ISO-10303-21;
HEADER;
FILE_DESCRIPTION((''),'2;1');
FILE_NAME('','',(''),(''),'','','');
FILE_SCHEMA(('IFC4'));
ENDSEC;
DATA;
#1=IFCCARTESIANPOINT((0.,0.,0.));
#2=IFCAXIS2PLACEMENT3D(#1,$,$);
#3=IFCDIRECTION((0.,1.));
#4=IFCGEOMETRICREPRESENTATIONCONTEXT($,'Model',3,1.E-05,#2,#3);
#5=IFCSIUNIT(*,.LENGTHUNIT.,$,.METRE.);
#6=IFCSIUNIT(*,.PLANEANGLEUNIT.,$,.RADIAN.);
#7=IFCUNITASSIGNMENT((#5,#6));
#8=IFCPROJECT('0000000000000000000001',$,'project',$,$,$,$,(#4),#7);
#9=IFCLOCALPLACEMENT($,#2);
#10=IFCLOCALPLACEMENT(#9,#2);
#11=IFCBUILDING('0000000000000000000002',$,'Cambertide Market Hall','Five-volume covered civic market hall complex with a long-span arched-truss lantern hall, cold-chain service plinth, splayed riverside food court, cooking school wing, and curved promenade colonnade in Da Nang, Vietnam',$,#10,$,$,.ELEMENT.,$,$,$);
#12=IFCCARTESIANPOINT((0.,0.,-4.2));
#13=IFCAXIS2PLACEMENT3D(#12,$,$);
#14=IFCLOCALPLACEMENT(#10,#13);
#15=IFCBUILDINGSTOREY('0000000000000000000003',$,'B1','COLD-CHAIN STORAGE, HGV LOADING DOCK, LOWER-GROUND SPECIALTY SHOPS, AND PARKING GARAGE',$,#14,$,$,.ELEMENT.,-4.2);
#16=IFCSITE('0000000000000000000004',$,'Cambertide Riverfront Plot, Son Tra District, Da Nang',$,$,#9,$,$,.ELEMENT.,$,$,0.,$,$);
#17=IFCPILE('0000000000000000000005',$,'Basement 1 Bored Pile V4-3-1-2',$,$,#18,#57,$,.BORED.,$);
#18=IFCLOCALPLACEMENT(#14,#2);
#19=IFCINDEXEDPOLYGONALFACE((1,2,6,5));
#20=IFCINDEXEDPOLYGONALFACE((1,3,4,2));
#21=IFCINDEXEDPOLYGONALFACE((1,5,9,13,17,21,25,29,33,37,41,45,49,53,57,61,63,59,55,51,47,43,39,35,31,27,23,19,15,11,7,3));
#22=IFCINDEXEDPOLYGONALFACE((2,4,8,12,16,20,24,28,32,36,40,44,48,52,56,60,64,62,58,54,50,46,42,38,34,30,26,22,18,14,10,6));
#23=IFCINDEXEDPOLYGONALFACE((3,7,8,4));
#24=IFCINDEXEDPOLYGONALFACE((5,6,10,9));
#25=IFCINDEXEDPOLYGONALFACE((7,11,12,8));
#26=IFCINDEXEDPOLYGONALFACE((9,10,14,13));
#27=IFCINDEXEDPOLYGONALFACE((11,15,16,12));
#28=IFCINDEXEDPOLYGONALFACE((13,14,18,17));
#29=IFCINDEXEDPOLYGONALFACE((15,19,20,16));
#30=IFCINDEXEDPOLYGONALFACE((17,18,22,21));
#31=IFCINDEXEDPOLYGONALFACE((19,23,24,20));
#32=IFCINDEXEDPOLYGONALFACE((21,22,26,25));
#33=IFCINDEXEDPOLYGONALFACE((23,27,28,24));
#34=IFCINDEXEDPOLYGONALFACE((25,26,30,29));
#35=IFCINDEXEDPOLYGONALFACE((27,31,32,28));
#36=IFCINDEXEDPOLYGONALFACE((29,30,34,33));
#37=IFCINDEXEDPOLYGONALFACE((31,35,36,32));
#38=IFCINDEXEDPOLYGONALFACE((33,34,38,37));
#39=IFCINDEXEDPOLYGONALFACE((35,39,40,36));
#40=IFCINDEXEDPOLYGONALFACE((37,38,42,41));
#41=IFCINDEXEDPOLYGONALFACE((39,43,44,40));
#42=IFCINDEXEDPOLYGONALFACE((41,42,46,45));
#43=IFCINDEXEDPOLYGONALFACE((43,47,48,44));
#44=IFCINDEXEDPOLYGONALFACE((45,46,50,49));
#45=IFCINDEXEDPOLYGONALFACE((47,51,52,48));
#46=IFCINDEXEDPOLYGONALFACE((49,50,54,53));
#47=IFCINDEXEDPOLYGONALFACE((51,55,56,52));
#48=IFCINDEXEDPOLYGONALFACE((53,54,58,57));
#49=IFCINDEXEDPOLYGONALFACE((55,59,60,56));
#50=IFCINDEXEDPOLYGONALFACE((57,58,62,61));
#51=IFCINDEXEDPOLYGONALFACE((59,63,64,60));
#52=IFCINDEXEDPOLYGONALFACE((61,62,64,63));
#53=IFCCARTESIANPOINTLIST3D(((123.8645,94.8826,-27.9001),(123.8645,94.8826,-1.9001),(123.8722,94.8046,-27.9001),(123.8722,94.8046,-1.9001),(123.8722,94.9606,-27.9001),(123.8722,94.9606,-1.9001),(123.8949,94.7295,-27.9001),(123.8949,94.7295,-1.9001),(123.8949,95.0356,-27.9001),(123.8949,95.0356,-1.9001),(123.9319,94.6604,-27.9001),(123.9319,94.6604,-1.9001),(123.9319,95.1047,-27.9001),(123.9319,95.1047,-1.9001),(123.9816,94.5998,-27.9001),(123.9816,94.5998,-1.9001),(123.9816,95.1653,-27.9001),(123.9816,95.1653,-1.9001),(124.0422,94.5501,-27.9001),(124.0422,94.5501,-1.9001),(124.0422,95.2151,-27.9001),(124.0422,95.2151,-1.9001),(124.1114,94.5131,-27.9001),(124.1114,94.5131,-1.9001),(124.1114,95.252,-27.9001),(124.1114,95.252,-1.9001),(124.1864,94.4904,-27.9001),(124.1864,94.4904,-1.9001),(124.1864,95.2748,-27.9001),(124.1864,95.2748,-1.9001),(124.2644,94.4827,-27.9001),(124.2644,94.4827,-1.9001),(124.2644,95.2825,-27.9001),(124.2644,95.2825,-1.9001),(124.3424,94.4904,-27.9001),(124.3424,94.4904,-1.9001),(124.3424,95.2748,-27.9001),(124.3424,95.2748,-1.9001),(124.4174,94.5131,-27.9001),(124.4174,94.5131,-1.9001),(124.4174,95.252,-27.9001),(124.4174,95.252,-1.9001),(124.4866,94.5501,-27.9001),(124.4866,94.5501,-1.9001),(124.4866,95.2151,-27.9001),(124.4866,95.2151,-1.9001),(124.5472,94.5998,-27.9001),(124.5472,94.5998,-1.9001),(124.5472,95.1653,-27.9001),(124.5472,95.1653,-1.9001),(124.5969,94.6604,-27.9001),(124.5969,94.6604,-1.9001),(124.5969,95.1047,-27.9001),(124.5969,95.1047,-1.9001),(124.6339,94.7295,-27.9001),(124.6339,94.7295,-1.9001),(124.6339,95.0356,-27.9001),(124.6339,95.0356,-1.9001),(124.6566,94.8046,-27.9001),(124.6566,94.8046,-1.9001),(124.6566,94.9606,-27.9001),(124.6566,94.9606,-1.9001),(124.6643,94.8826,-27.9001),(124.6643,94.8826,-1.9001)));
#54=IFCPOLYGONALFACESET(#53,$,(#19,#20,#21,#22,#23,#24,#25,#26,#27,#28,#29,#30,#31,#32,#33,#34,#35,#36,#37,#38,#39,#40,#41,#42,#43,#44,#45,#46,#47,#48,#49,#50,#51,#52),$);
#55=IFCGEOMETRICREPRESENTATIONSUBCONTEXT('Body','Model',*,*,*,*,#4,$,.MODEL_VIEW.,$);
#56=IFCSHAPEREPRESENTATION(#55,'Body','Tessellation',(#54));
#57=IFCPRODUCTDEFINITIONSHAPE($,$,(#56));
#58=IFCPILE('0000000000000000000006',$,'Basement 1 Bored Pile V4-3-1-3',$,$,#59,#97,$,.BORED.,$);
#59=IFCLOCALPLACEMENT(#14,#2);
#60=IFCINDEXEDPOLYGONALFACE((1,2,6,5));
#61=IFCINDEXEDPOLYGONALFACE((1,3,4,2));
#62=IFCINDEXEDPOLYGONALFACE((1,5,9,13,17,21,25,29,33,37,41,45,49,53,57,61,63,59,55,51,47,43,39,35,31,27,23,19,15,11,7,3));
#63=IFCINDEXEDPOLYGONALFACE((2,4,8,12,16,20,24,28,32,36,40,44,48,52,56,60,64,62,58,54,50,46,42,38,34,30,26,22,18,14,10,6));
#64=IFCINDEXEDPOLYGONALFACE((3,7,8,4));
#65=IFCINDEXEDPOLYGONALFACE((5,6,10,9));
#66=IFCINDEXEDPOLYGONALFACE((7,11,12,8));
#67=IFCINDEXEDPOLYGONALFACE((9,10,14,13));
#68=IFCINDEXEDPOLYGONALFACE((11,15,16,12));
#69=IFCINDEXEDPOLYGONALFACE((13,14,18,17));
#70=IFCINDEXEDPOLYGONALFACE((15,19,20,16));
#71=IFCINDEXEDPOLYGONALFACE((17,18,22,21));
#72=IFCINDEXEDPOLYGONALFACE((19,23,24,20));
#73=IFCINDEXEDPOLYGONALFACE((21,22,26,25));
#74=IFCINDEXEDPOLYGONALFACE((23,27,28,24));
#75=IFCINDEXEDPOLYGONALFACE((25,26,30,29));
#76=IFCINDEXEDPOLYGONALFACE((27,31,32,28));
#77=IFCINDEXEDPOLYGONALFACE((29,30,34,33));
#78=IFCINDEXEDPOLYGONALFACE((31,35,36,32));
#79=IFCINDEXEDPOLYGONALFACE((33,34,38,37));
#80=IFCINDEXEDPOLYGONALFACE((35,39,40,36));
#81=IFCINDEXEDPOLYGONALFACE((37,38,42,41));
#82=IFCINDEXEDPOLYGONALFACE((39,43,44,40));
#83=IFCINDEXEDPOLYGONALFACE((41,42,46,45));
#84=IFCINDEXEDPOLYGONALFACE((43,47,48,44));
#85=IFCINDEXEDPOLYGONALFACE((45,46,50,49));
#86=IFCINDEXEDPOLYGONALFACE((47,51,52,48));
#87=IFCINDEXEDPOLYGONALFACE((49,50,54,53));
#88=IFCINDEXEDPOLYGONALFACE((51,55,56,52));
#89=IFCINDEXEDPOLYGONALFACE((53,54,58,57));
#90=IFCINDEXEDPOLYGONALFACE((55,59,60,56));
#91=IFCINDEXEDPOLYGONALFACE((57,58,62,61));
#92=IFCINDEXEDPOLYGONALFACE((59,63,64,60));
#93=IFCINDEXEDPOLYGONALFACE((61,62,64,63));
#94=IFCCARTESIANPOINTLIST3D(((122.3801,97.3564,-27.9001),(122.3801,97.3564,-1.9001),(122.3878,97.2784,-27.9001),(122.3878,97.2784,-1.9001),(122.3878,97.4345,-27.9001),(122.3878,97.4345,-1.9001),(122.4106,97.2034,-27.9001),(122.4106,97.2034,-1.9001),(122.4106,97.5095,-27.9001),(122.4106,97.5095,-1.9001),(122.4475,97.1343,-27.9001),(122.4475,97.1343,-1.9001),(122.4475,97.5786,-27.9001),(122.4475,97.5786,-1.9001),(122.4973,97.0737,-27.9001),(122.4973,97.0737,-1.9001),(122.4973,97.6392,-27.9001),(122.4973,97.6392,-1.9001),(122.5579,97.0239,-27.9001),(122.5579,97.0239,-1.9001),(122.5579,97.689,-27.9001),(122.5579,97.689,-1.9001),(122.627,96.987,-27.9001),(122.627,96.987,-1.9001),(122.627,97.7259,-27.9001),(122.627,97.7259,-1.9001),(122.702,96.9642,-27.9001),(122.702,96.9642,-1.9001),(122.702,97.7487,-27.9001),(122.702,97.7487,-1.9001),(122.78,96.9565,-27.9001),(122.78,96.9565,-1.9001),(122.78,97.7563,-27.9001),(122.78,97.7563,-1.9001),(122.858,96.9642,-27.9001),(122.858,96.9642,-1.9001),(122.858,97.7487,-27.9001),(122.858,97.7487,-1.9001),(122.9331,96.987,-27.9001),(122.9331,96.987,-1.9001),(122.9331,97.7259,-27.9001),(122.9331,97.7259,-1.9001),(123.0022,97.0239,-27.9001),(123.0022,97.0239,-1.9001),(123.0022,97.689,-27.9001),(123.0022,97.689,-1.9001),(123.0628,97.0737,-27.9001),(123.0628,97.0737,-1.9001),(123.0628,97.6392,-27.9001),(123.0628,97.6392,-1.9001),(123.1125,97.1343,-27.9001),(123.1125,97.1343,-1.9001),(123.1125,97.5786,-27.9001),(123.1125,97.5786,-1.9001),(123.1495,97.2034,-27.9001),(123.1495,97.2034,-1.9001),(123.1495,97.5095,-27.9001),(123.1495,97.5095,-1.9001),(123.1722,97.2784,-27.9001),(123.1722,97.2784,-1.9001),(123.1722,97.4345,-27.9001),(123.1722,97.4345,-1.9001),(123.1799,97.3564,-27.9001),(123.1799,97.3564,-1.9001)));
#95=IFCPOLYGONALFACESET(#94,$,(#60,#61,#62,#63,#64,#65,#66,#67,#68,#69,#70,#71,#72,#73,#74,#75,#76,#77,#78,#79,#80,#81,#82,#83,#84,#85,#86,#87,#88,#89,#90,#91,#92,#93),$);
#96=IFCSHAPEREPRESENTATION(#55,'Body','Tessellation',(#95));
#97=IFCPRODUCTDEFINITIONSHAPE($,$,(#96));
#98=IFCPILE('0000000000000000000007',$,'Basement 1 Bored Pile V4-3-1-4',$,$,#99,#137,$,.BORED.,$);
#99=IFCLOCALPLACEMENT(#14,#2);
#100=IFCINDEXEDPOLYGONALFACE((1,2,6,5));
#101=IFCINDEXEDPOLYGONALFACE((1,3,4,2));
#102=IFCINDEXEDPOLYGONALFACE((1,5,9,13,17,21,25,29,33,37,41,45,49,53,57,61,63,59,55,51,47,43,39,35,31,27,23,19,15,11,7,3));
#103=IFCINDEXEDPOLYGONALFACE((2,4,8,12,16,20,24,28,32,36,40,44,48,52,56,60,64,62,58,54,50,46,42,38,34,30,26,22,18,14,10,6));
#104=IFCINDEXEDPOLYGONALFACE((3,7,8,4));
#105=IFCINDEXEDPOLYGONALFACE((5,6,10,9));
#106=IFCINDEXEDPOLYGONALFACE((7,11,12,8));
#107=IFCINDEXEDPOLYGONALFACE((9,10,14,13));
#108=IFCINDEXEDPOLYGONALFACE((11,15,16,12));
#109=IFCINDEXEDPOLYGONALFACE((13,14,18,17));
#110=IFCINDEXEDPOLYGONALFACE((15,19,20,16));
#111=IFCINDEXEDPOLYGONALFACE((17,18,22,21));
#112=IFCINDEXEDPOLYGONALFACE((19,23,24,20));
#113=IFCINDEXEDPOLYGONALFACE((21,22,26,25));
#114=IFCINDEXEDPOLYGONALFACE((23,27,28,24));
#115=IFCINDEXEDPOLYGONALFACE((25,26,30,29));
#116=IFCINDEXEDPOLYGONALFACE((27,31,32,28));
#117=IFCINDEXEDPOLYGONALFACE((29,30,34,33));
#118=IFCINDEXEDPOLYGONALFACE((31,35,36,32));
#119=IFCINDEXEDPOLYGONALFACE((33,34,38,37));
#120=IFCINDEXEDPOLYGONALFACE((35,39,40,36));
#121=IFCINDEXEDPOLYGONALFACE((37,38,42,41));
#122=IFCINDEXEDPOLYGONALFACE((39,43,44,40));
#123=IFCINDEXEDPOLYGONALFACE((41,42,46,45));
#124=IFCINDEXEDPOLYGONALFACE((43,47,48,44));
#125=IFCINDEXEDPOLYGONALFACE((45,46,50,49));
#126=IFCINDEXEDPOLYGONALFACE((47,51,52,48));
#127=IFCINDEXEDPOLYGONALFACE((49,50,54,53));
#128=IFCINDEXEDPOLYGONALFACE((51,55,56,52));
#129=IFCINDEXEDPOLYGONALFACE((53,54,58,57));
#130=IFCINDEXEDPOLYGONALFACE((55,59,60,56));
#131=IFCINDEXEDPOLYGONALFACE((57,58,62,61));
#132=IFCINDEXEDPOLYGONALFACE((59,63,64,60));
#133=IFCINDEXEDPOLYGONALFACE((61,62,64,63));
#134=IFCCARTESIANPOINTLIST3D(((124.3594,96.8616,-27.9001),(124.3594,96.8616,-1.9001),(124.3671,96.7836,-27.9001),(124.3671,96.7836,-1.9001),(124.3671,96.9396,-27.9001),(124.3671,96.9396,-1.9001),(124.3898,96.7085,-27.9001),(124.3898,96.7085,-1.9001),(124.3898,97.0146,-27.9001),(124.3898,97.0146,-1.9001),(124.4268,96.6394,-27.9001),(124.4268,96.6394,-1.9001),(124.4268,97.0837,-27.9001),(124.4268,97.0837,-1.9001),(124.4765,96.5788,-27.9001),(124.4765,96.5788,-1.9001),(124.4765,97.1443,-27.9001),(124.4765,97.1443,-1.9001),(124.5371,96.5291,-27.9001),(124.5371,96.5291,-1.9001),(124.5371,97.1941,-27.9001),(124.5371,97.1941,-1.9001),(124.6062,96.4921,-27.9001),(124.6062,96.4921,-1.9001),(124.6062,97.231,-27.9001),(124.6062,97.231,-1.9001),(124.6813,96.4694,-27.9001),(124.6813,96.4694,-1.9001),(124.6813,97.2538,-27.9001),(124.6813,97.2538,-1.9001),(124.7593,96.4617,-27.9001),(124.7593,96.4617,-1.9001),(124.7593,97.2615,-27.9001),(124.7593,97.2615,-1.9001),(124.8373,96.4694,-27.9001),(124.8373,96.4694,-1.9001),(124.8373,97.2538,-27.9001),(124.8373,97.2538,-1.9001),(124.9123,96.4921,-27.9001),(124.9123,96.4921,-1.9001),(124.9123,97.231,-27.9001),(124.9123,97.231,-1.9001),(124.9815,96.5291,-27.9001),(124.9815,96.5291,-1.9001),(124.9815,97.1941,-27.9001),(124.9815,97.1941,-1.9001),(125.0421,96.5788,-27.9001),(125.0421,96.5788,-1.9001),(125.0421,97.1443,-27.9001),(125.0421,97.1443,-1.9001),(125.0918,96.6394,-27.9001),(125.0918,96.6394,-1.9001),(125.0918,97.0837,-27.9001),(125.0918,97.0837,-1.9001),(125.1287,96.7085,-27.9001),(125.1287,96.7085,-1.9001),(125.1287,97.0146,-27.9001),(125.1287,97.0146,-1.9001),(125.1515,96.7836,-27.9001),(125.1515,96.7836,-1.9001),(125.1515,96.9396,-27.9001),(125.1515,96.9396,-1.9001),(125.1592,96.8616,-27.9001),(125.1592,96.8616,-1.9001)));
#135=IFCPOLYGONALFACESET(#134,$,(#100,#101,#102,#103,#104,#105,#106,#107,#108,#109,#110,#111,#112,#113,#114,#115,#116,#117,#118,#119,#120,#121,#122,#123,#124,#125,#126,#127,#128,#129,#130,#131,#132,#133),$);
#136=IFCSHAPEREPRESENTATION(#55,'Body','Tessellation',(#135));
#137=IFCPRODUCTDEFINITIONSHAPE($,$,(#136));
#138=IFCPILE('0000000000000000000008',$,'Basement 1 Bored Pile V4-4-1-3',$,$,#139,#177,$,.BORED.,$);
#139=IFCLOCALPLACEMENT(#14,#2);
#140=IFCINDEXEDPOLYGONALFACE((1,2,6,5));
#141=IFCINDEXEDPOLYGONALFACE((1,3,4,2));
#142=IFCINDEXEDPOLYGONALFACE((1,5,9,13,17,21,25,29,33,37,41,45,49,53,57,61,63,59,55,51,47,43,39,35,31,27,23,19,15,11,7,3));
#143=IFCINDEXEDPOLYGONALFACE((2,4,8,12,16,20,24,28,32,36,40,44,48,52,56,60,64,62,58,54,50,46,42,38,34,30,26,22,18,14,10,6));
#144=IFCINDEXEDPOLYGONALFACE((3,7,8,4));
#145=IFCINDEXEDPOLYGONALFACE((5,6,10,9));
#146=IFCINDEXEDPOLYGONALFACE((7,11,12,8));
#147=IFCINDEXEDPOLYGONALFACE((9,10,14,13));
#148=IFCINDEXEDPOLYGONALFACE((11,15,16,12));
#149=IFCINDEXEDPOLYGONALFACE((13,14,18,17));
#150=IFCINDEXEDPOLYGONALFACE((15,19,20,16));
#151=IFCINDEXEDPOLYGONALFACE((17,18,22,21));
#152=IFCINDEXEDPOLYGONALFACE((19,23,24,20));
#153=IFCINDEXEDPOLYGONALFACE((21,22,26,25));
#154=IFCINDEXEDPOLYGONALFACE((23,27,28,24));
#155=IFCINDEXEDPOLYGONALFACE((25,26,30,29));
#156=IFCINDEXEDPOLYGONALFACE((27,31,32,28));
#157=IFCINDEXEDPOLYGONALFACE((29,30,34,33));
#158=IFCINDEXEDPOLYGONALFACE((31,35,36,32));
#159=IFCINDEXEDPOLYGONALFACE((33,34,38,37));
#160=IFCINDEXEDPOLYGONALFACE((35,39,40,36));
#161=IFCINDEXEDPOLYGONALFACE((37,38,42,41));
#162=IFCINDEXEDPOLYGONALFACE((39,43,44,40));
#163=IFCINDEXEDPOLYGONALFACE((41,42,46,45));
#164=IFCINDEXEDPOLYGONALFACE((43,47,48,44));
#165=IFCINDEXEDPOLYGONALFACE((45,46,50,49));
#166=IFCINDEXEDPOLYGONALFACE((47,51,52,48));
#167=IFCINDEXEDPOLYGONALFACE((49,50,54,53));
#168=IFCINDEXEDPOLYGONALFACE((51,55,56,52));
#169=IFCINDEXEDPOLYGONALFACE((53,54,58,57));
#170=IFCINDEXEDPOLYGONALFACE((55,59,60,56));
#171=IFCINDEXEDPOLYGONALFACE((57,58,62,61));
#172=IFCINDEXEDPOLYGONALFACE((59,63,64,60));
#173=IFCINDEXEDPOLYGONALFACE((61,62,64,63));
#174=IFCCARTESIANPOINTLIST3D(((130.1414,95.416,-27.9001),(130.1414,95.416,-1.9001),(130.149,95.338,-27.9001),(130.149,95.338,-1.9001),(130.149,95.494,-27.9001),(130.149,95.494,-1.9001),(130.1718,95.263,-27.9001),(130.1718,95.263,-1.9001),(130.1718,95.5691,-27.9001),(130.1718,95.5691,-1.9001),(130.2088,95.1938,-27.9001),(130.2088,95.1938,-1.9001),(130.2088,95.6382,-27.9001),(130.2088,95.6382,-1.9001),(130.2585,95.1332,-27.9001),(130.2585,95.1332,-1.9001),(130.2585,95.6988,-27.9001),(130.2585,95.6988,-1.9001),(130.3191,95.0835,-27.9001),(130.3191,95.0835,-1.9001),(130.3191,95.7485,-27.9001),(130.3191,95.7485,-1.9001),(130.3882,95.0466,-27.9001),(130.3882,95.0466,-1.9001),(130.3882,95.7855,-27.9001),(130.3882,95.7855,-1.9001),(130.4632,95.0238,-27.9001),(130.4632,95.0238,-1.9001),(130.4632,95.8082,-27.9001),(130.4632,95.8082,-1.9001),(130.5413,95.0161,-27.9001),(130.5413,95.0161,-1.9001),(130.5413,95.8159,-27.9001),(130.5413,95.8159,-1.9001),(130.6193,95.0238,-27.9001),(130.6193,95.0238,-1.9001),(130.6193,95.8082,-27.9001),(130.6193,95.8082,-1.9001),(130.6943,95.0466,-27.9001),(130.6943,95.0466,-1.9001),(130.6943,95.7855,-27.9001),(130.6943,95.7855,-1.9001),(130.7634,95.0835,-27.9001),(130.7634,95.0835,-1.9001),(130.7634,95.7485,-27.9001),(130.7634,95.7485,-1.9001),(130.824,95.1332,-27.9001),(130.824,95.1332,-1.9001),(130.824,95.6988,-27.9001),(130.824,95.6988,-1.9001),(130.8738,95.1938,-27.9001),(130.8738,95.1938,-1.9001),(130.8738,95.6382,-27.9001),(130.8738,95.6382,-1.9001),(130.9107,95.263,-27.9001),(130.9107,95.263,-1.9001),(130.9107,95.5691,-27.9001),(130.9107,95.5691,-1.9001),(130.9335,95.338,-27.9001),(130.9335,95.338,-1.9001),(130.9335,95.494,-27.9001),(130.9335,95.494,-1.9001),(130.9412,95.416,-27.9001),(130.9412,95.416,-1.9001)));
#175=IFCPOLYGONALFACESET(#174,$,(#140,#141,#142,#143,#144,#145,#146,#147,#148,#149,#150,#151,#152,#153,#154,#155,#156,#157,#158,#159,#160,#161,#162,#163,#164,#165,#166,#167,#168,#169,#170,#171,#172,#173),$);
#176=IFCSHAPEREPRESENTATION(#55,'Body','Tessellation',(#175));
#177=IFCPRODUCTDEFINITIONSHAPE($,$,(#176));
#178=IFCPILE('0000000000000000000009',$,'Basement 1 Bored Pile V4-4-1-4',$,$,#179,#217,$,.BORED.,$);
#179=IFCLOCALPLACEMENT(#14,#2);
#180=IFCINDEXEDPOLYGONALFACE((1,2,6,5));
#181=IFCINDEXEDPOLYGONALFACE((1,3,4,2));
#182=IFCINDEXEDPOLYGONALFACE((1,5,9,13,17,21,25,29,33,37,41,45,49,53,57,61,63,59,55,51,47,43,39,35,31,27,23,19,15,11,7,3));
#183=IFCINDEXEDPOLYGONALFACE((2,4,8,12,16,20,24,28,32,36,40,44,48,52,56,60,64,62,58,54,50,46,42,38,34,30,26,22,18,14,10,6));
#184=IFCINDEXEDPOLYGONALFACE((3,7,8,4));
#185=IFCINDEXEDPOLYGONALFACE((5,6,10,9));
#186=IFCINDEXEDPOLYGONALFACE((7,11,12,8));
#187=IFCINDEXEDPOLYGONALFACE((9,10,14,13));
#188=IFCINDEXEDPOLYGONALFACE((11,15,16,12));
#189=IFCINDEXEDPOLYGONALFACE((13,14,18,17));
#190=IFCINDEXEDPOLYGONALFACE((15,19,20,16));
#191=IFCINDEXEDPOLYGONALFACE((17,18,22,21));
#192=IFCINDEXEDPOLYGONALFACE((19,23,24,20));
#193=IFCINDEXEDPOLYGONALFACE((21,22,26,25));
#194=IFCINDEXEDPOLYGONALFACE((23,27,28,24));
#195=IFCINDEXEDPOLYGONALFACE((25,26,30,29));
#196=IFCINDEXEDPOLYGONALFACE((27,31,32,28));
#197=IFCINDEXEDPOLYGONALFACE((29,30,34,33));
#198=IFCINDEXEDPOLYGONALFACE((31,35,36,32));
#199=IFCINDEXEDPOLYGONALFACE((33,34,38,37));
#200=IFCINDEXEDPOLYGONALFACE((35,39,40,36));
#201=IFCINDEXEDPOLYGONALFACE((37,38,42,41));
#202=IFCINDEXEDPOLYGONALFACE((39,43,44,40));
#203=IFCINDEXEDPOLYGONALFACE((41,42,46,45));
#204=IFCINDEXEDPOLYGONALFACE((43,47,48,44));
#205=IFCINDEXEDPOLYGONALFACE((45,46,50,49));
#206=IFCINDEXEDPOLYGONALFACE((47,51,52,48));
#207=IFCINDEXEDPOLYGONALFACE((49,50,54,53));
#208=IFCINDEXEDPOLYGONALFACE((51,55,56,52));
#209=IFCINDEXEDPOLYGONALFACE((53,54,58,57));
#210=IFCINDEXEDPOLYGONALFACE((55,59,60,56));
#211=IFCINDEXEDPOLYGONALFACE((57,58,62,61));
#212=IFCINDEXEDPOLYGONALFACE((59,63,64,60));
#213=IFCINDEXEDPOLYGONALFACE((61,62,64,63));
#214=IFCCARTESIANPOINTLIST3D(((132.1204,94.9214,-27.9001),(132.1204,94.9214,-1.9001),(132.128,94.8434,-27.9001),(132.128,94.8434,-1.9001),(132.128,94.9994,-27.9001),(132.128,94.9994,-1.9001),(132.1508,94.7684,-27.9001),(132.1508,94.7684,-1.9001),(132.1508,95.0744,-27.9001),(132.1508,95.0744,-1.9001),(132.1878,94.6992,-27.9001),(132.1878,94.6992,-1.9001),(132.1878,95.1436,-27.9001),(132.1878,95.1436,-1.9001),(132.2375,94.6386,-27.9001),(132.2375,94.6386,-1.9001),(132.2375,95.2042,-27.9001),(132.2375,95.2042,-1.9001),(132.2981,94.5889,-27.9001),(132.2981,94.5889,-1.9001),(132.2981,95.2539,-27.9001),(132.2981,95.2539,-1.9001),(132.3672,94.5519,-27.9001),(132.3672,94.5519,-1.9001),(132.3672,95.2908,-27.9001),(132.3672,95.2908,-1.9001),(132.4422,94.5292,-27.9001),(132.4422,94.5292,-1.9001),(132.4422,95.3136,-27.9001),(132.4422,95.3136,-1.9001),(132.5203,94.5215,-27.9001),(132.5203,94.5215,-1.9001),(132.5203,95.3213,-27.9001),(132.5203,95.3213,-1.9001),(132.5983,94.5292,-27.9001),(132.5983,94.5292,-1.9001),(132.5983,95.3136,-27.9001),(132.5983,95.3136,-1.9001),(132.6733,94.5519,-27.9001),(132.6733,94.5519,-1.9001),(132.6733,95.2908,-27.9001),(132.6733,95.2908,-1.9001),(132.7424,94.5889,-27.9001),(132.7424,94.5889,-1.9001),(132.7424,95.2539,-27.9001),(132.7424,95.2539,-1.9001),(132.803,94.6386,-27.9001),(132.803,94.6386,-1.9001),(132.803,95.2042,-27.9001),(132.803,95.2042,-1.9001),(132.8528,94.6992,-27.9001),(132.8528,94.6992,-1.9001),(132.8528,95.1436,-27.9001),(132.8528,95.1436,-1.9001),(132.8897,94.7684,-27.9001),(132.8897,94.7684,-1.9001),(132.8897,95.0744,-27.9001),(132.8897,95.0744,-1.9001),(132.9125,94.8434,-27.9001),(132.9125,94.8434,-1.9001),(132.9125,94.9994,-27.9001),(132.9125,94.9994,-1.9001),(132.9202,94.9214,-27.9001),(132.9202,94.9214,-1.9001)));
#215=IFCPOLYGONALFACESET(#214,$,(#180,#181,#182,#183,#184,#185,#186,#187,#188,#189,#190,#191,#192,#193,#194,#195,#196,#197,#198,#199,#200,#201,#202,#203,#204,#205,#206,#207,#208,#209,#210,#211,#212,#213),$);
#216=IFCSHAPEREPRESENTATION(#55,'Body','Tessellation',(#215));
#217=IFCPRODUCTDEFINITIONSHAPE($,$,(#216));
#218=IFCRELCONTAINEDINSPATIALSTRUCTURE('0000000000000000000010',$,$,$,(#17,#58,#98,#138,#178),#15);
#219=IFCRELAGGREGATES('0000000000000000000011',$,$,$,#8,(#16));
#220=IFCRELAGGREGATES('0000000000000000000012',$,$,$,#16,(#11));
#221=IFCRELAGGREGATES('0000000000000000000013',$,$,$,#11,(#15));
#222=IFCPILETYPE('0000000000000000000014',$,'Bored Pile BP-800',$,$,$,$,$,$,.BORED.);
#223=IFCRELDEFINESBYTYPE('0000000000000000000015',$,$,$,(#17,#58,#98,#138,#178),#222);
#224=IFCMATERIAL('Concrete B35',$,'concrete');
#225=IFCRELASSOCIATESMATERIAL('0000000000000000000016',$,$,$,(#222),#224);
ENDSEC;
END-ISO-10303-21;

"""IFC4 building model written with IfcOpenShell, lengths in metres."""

from ifc_helpers import new_model, si_unit, direction, frame, origin, origin_2d, place, context, subcontext, project, spatial, circle, extrude, material, material_profile, profile_set, type_object, element, save


model = new_model("IFC4")

# Units and contexts
model_context = context("Model", 3, precision=1e-05, world=origin(), true_north=direction((0.0, 1.0)))
body_context = subcontext(model_context, "Body", "Model", "MODEL_VIEW")
ifc_project = project(units=[si_unit("LENGTHUNIT", "METRE"), si_unit("PLANEANGLEUNIT", "RADIAN")], contexts=[model_context])

# Site, building, storey
site_placement = place(None, origin())
site = spatial("IfcSite", under=ifc_project, at=site_placement, Name="Cambertide Riverfront Plot, Son Tra District, Da Nang", CompositionType="ELEMENT", RefElevation=0.0)
building_placement = place(site_placement, origin())
building = spatial("IfcBuilding", under=site, at=building_placement, Name="Cambertide Market Hall", Description="Five-volume covered civic market hall complex with a long-span arched-truss lantern hall, cold-chain service plinth, splayed riverside food court, cooking school wing, and curved promenade colonnade in Da Nang, Vietnam", CompositionType="ELEMENT")
storey_placement = place(building_placement, frame((0.0, 0.0, -4.2)))
storey = spatial("IfcBuildingStorey", under=building, at=storey_placement, Name="B1", Description="COLD-CHAIN STORAGE, HGV LOADING DOCK, LOWER-GROUND SPECIALTY SHOPS, AND PARKING GARAGE", CompositionType="ELEMENT", Elevation=-4.2)

# Piles
ifc_material_1 = material(Name="Concrete B35", Category="concrete")
ifc_material_profile_1 = material_profile(ifc_material_1, circle(Radius=0.3999, at=origin_2d()), Name="BP D800")
ifc_profile_set_1 = profile_set([ifc_material_profile_1], Name="Concrete B35")
pile_type_1 = type_object("IfcPileType", Name="Bored Pile BP-800", PredefinedType="BORED", material=ifc_profile_set_1)
for number, where, z_axis, x_axis, name in (
    (1, (124.2644, 94.8826, -1.9001), (0.0, 0.0, -1.0), (1.0, 0.0, 0.0), "Basement 1 Bored Pile V4-3-1-2"),
    (2, (122.78, 97.3564, -1.9001), (0.0, 0.0, -1.0), (1.0, 0.0, 0.0), "Basement 1 Bored Pile V4-3-1-3"),
    (3, (124.7593, 96.8616, -1.9001), (0.0, 0.0, -1.0), (1.0, 0.0, 0.0), "Basement 1 Bored Pile V4-3-1-4"),
    (4, (130.5413, 95.416, -1.9001), (0.0, 0.0, -1.0), (1.0, 0.0, 0.0), "Basement 1 Bored Pile V4-4-1-3"),
    (5, (132.5203, 94.9214, -1.9001), (0.0, 0.0, -1.0), (1.0, 0.0, 0.0), "Basement 1 Bored Pile V4-4-1-4"),
):
    element("IfcPile", number, at=place(storey_placement, frame(where, z_axis=z_axis, x_axis=x_axis)), inside=storey, type_object=pile_type_1, Name=name, PredefinedType="BORED", context=body_context, shape_type="SweptSolid", body=[
        extrude(circle(Radius=0.3999, at=origin_2d()), origin(), (0.0, 0.0, 1.0), 26.0),
    ])

save(model, "model.ifc")
